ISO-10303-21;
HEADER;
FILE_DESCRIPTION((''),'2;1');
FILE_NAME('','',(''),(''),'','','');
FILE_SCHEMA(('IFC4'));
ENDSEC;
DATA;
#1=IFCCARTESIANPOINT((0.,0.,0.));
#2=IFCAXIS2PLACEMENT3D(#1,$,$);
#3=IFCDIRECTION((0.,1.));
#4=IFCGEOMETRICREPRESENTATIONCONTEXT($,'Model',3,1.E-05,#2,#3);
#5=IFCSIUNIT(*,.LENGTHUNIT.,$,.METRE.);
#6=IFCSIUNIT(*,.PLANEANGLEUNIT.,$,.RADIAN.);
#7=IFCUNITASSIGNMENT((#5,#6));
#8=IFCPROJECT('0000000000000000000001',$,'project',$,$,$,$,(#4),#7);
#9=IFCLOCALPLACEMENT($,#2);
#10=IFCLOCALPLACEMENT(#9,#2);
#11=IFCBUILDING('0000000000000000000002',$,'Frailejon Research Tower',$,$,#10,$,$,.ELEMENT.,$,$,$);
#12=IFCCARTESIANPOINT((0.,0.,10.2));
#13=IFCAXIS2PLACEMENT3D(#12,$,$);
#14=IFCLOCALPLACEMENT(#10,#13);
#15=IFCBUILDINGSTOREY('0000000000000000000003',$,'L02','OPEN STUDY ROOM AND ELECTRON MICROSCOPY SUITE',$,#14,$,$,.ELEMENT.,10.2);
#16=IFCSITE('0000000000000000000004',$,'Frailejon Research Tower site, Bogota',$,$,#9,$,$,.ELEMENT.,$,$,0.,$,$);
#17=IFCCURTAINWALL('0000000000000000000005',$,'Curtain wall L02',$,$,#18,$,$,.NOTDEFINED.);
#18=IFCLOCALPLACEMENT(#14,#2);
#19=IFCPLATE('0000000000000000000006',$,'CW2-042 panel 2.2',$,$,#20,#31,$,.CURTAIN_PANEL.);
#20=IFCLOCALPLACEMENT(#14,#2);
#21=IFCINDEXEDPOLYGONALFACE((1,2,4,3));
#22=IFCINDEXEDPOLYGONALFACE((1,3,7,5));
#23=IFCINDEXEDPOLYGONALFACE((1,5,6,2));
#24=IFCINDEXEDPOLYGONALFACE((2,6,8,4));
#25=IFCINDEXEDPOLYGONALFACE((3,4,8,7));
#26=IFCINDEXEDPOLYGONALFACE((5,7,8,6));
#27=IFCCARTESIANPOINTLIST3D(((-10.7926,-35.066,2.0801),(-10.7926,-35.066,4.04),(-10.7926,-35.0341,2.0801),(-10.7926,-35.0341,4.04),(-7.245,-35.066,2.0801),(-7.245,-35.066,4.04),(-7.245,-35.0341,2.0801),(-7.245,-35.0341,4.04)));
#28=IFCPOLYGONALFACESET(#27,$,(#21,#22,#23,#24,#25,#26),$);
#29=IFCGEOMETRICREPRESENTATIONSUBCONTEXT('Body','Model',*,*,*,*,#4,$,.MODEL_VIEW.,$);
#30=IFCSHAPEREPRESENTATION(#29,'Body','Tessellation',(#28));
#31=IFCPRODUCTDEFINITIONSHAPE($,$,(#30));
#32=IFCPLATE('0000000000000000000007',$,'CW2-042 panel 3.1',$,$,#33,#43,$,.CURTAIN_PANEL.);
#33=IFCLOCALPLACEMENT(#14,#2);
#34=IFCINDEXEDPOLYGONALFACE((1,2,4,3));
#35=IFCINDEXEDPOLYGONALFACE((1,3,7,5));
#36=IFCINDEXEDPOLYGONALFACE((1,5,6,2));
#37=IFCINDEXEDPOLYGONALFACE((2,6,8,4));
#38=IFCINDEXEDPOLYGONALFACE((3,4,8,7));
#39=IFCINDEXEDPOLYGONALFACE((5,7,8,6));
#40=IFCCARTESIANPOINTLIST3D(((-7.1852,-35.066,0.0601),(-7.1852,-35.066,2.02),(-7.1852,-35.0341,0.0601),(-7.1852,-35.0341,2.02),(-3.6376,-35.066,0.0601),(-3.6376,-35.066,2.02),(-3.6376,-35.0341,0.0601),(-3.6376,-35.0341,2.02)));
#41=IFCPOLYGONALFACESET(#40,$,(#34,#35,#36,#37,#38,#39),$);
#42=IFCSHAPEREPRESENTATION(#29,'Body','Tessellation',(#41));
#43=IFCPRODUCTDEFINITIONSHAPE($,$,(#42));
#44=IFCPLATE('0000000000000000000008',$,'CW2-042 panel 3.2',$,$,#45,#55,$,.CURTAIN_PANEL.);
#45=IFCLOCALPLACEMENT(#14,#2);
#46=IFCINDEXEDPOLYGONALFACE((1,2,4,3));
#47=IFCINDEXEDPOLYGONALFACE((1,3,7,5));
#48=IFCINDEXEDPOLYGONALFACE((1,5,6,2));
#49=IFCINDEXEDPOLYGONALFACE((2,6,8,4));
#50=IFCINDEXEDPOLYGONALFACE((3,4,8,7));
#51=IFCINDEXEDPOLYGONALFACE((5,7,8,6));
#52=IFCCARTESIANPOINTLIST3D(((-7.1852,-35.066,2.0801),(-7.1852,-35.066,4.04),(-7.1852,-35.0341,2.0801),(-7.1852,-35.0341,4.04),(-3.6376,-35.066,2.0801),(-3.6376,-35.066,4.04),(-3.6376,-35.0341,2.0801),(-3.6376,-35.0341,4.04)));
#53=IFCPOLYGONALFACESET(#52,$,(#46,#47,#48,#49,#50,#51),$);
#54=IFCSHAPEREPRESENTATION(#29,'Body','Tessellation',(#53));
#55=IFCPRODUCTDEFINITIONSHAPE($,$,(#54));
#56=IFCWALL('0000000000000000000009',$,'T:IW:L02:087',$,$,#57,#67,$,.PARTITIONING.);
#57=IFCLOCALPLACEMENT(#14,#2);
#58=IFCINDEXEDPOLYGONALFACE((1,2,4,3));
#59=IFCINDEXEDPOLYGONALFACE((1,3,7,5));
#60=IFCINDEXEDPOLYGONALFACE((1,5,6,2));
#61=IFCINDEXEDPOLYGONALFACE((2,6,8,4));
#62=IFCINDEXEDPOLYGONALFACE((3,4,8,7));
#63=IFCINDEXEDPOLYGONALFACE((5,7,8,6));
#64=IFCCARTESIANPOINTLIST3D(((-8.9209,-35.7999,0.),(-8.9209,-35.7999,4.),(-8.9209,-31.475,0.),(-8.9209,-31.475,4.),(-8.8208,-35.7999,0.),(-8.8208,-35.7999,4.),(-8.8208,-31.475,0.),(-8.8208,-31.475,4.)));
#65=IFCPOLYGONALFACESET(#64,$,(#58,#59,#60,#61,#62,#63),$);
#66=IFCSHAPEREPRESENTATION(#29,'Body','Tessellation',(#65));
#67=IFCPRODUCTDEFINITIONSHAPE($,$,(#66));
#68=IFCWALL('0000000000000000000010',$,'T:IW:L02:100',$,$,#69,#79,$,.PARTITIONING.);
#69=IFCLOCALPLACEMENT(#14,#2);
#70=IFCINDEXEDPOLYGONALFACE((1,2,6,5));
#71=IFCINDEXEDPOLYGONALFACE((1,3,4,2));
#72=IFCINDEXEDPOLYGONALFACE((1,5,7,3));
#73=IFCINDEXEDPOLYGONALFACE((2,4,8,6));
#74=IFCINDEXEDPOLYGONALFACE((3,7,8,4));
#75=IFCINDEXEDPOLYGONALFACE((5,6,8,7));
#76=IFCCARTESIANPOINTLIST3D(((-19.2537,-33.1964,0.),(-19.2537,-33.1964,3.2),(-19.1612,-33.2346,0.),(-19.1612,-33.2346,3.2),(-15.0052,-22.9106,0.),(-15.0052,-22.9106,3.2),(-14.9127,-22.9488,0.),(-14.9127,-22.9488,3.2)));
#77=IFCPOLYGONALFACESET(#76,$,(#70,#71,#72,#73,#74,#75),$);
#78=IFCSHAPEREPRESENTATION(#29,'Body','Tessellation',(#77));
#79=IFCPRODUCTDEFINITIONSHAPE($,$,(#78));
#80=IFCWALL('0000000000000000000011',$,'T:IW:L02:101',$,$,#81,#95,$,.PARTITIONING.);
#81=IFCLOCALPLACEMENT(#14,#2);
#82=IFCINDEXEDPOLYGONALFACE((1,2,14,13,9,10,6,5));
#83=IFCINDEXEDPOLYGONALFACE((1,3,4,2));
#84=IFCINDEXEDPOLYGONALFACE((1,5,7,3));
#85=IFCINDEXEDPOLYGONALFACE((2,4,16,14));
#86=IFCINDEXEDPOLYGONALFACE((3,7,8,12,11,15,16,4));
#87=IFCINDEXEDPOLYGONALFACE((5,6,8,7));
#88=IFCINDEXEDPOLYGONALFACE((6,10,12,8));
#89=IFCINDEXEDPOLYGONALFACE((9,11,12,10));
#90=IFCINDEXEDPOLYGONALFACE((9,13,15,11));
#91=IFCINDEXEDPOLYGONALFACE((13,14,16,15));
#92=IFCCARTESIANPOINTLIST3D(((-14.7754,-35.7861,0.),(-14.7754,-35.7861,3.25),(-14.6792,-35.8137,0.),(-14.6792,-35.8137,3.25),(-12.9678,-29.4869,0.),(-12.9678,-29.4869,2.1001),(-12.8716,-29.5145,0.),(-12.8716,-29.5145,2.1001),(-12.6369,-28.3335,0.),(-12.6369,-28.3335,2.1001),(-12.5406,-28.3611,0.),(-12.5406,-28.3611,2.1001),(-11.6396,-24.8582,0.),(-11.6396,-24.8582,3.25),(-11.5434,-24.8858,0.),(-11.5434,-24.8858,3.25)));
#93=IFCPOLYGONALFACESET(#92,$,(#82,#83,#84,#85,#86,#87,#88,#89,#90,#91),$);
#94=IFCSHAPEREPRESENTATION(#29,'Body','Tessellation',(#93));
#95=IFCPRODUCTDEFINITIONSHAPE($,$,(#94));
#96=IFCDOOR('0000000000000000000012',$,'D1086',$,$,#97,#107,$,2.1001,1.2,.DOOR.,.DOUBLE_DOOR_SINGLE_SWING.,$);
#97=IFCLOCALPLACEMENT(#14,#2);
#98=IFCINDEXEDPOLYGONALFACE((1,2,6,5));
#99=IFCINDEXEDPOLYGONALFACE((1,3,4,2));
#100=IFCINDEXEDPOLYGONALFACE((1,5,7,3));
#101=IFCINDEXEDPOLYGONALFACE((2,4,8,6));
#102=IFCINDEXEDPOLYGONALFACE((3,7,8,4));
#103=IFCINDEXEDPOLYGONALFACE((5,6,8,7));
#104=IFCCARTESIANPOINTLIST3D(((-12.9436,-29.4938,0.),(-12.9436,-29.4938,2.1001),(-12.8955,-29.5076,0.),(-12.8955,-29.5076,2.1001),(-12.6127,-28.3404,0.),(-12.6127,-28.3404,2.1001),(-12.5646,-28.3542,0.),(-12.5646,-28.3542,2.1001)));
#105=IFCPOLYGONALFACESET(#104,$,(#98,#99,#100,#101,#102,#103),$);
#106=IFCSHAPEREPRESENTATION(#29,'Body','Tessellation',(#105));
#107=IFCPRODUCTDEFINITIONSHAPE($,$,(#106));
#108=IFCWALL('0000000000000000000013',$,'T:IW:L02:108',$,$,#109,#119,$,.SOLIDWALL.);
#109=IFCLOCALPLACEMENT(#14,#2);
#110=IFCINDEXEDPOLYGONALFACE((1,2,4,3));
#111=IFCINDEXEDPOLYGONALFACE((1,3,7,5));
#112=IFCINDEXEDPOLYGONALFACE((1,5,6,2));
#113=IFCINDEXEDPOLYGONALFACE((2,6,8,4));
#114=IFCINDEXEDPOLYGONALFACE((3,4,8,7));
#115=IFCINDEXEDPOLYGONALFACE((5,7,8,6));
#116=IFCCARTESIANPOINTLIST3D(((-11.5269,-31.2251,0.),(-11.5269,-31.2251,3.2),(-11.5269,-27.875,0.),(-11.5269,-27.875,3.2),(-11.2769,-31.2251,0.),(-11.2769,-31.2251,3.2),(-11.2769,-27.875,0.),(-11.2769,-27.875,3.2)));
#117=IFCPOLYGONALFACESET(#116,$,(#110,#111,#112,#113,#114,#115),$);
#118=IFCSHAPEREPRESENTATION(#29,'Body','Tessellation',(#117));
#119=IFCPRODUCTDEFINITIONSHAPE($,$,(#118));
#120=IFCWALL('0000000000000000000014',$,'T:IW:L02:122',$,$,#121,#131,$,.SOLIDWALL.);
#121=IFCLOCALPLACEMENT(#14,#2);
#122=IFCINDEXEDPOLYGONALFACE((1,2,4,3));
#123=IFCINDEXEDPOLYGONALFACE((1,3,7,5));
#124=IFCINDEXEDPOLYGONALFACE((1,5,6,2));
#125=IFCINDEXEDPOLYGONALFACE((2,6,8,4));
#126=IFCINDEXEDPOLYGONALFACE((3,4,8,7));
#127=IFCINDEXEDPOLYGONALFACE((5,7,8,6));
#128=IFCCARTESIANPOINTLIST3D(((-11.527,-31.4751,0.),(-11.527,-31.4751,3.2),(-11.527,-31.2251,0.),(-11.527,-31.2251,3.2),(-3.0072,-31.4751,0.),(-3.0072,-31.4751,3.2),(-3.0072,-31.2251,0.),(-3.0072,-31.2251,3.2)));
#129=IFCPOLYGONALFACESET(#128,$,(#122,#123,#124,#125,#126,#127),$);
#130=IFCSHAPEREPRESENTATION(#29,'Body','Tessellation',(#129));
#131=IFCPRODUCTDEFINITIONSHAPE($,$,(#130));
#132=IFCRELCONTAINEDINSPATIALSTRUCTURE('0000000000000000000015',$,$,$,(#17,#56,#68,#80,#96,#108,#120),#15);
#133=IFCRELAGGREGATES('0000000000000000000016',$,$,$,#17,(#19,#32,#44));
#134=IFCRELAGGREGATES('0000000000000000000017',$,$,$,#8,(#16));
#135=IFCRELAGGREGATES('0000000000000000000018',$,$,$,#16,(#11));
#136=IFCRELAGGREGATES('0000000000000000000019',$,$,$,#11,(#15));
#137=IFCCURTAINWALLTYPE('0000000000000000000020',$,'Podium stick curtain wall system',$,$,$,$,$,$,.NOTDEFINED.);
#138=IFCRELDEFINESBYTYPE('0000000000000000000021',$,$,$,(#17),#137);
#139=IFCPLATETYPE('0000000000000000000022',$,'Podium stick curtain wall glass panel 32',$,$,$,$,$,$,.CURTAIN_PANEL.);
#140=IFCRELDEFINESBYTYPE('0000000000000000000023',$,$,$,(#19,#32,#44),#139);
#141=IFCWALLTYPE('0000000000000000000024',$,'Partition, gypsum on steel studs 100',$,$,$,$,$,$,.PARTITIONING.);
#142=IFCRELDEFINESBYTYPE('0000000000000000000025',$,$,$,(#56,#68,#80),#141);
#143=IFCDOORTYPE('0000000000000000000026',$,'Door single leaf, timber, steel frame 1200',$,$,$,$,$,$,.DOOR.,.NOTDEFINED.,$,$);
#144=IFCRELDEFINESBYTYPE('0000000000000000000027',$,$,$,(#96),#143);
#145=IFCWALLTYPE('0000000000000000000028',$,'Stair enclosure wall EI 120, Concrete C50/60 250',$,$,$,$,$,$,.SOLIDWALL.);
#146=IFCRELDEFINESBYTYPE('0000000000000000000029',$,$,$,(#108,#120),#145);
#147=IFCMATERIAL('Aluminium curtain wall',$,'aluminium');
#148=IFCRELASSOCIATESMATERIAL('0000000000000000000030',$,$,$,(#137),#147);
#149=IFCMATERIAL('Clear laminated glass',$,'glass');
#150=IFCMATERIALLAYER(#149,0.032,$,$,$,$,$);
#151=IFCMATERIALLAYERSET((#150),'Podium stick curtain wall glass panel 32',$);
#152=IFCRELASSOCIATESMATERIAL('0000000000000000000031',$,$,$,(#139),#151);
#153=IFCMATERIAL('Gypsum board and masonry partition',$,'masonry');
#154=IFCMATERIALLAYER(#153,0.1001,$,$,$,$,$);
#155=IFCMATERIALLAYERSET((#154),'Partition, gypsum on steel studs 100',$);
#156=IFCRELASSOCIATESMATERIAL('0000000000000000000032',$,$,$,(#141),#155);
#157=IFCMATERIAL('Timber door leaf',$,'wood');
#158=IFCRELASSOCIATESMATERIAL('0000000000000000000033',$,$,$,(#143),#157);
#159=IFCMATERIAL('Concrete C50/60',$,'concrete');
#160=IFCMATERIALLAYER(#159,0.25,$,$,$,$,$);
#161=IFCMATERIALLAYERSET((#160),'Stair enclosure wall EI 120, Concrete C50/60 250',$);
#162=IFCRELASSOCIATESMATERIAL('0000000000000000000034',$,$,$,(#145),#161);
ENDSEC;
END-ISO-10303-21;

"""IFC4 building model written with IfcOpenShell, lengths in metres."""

from ifc_helpers import new_model, si_unit, direction, frame, frame_2d, origin, origin_2d, place, context, subcontext, project, spatial, rectangle, extrude, material, layer, layer_set, type_object, element, fill, aggregate, save


model = new_model("IFC4")

# Units and contexts
model_context = context("Model", 3, precision=1e-05, world=origin(), true_north=direction((0.0, 1.0)))
body_context = subcontext(model_context, "Body", "Model", "MODEL_VIEW")
ifc_project = project(units=[si_unit("LENGTHUNIT", "METRE"), si_unit("PLANEANGLEUNIT", "RADIAN")], contexts=[model_context])

# Site, building, storey
site_placement = place(None, origin())
site = spatial("IfcSite", under=ifc_project, at=site_placement, Name="Frailejon Research Tower site, Bogota", CompositionType="ELEMENT", RefElevation=0.0)
building_placement = place(site_placement, origin())
building = spatial("IfcBuilding", under=site, at=building_placement, Name="Frailejon Research Tower", CompositionType="ELEMENT")
storey_placement = place(building_placement, frame((0.0, 0.0, 10.2)))
storey = spatial("IfcBuildingStorey", under=building, at=storey_placement, Name="L02", Description="OPEN STUDY ROOM AND ELECTRON MICROSCOPY SUITE", CompositionType="ELEMENT", Elevation=10.2)

# Curtain wall
ifc_material_1 = material(Name="Aluminium curtain wall", Category="aluminium")
curtain_wall_type = type_object("IfcCurtainWallType", Name="Podium stick curtain wall system", PredefinedType="NOTDEFINED", material=ifc_material_1)
curtain_wall_1_placement = place(storey_placement, origin())
curtain_wall_1 = element("IfcCurtainWall", 1, at=curtain_wall_1_placement, inside=storey, type_object=curtain_wall_type, Name="Curtain wall L02", PredefinedType="NOTDEFINED")

# Plates
ifc_material_2 = material(Name="Clear laminated glass", Category="glass")
ifc_layer_1 = layer(ifc_material_2, 0.032)
ifc_layer_set_1 = layer_set([ifc_layer_1], Name="Podium stick curtain wall glass panel 32")
plate_type = type_object("IfcPlateType", Name="Podium stick curtain wall glass panel 32", PredefinedType="CURTAIN_PANEL", material=ifc_layer_set_1)
plate_1_placement = place(storey_placement, frame((-9.0188, -35.05, 2.0801), z_axis=(0.0, 0.0, 1.0), x_axis=(1.0, 0.0, 0.0)))
plate_1 = element("IfcPlate", 2, at=plate_1_placement, type_object=plate_type, Name="CW2-042 panel 2.2", PredefinedType="CURTAIN_PANEL", context=body_context, shape_type="SweptSolid", body=[
    extrude(rectangle(XDim=3.5476, YDim=0.032, at=origin_2d()), origin(), (0.0, 0.0, 1.0), 1.96),
])
plate_2_placement = place(storey_placement, frame((-5.4114, -35.05, 0.0601), z_axis=(0.0, 0.0, 1.0), x_axis=(1.0, 0.0, 0.0)))
plate_2 = element("IfcPlate", 3, at=plate_2_placement, type_object=plate_type, Name="CW2-042 panel 3.1", PredefinedType="CURTAIN_PANEL", context=body_context, shape_type="SweptSolid", body=[
    extrude(rectangle(XDim=3.5476, YDim=0.032, at=origin_2d()), origin(), (0.0, 0.0, 1.0), 1.96),
])
plate_3_placement = place(storey_placement, frame((-5.4114, -35.05, 2.0801), z_axis=(0.0, 0.0, 1.0), x_axis=(1.0, 0.0, 0.0)))
plate_3 = element("IfcPlate", 4, at=plate_3_placement, type_object=plate_type, Name="CW2-042 panel 3.2", PredefinedType="CURTAIN_PANEL", context=body_context, shape_type="SweptSolid", body=[
    extrude(rectangle(XDim=3.5476, YDim=0.032, at=origin_2d()), origin(), (0.0, 0.0, 1.0), 1.96),
])
aggregate(curtain_wall_1, [plate_1, plate_2, plate_3])

# Walls
ifc_material_3 = material(Name="Gypsum board and masonry partition", Category="masonry")
ifc_layer_2 = layer(ifc_material_3, 0.1001)
ifc_layer_set_2 = layer_set([ifc_layer_2], Name="Partition, gypsum on steel studs 100")
wall_type_1 = type_object("IfcWallType", Name="Partition, gypsum on steel studs 100", PredefinedType="PARTITIONING", material=ifc_layer_set_2)
wall_1_placement = place(storey_placement, frame((-8.8708, -35.8, 0.0), z_axis=(0.0, 0.0, 1.0), x_axis=(0.0, 1.0, 0.0)))
element("IfcWall", 5, at=wall_1_placement, inside=storey, type_object=wall_type_1, Name="T:IW:L02:087", PredefinedType="PARTITIONING", context=body_context, shape_type="SweptSolid", body=[
    extrude(rectangle(XDim=4.325, YDim=0.1001, at=frame_2d((2.1626, 0.0))), origin(), (0.0, 0.0, 1.0), 4.0),
])
wall_2_placement = place(storey_placement, frame((-19.2075, -33.2156, 0.0), z_axis=(0.0, 0.0, 1.0), x_axis=(0.381761, 0.924261, 0.0)))
element("IfcWall", 6, at=wall_2_placement, inside=storey, type_object=wall_type_1, Name="T:IW:L02:100", PredefinedType="PARTITIONING", context=body_context, shape_type="SweptSolid", body=[
    extrude(rectangle(XDim=11.1287, YDim=0.1001, at=frame_2d((5.5645, 0.0))), origin(), (0.0, 0.0, 1.0), 3.2),
])

# Wall, opening, door
wall_3_placement = place(storey_placement, frame((-14.7273, -35.8, 0.0), z_axis=(0.0, 0.0, 1.0), x_axis=(0.275816, 0.961211, 0.0)))
wall_3 = element("IfcWall", 7, at=wall_3_placement, inside=storey, type_object=wall_type_1, Name="T:IW:L02:101", PredefinedType="PARTITIONING", context=body_context, shape_type="SweptSolid", body=[
    extrude(rectangle(XDim=11.3689, YDim=0.1001, at=frame_2d((5.6846, 0.0))), origin(), (0.0, 0.0, 1.0), 3.25),
])
opening_placement = place(wall_3_placement, frame((6.5535, 0.0, 0.0)))
opening = element("IfcOpeningElement", 8, at=opening_placement, cuts=wall_3, PredefinedType="OPENING", context=body_context, shape_type="SweptSolid", body=[
    extrude(rectangle(XDim=1.2, YDim=2.1001, at=frame_2d((0.6001, 1.05))), frame((0.0, 0.0601, 0.0), z_axis=(0.0, -1.0, 0.0), x_axis=(1.0, 0.0, 0.0)), (0.0, 0.0, 1.0), 0.1201),
])
ifc_material_4 = material(Name="Timber door leaf", Category="wood")
door_type = type_object("IfcDoorType", Name="Door single leaf, timber, steel frame 1200", OperationType="NOTDEFINED", PredefinedType="DOOR", material=ifc_material_4)
door_placement = place(opening_placement, origin())
door = element("IfcDoor", 9, at=door_placement, inside=storey, type_object=door_type, Name="D1086", OperationType="DOUBLE_DOOR_SINGLE_SWING", OverallHeight=2.1001, OverallWidth=1.2, PredefinedType="DOOR", context=body_context, shape_type="SweptSolid", body=[
    extrude(rectangle(XDim=1.2, YDim=2.1001, at=frame_2d((0.6001, 1.05))), frame((0.0, 0.0249, 0.0), z_axis=(0.0, -1.0, 0.0), x_axis=(1.0, 0.0, 0.0)), (0.0, 0.0, 1.0), 0.05),
])
fill(opening, door)

# Walls
ifc_material_5 = material(Name="Concrete C50/60", Category="concrete")
ifc_layer_3 = layer(ifc_material_5, 0.25)
ifc_layer_set_3 = layer_set([ifc_layer_3], Name="Stair enclosure wall EI 120, Concrete C50/60 250")
wall_type_2 = type_object("IfcWallType", Name="Stair enclosure wall EI 120, Concrete C50/60 250", PredefinedType="SOLIDWALL", material=ifc_layer_set_3)
wall_4_placement = place(storey_placement, frame((-11.4019, -31.2251, 0.0), z_axis=(0.0, 0.0, 1.0), x_axis=(0.0, 1.0, 0.0)))
element("IfcWall", 10, at=wall_4_placement, inside=storey, type_object=wall_type_2, Name="T:IW:L02:108", PredefinedType="SOLIDWALL", context=body_context, shape_type="SweptSolid", body=[
    extrude(rectangle(XDim=3.3501, YDim=0.25, at=frame_2d((1.675, 0.0))), origin(), (0.0, 0.0, 1.0), 3.2),
])
wall_5_placement = place(storey_placement, frame((-11.5269, -31.3501, 0.0), z_axis=(0.0, 0.0, 1.0), x_axis=(1.0, 0.0, 0.0)))
element("IfcWall", 11, at=wall_5_placement, inside=storey, type_object=wall_type_2, Name="T:IW:L02:122", PredefinedType="SOLIDWALL", context=body_context, shape_type="SweptSolid", body=[
    extrude(rectangle(XDim=8.5198, YDim=0.25, at=frame_2d((4.2598, 0.0))), origin(), (0.0, 0.0, 1.0), 3.2),
])

save(model, "model.ifc")
